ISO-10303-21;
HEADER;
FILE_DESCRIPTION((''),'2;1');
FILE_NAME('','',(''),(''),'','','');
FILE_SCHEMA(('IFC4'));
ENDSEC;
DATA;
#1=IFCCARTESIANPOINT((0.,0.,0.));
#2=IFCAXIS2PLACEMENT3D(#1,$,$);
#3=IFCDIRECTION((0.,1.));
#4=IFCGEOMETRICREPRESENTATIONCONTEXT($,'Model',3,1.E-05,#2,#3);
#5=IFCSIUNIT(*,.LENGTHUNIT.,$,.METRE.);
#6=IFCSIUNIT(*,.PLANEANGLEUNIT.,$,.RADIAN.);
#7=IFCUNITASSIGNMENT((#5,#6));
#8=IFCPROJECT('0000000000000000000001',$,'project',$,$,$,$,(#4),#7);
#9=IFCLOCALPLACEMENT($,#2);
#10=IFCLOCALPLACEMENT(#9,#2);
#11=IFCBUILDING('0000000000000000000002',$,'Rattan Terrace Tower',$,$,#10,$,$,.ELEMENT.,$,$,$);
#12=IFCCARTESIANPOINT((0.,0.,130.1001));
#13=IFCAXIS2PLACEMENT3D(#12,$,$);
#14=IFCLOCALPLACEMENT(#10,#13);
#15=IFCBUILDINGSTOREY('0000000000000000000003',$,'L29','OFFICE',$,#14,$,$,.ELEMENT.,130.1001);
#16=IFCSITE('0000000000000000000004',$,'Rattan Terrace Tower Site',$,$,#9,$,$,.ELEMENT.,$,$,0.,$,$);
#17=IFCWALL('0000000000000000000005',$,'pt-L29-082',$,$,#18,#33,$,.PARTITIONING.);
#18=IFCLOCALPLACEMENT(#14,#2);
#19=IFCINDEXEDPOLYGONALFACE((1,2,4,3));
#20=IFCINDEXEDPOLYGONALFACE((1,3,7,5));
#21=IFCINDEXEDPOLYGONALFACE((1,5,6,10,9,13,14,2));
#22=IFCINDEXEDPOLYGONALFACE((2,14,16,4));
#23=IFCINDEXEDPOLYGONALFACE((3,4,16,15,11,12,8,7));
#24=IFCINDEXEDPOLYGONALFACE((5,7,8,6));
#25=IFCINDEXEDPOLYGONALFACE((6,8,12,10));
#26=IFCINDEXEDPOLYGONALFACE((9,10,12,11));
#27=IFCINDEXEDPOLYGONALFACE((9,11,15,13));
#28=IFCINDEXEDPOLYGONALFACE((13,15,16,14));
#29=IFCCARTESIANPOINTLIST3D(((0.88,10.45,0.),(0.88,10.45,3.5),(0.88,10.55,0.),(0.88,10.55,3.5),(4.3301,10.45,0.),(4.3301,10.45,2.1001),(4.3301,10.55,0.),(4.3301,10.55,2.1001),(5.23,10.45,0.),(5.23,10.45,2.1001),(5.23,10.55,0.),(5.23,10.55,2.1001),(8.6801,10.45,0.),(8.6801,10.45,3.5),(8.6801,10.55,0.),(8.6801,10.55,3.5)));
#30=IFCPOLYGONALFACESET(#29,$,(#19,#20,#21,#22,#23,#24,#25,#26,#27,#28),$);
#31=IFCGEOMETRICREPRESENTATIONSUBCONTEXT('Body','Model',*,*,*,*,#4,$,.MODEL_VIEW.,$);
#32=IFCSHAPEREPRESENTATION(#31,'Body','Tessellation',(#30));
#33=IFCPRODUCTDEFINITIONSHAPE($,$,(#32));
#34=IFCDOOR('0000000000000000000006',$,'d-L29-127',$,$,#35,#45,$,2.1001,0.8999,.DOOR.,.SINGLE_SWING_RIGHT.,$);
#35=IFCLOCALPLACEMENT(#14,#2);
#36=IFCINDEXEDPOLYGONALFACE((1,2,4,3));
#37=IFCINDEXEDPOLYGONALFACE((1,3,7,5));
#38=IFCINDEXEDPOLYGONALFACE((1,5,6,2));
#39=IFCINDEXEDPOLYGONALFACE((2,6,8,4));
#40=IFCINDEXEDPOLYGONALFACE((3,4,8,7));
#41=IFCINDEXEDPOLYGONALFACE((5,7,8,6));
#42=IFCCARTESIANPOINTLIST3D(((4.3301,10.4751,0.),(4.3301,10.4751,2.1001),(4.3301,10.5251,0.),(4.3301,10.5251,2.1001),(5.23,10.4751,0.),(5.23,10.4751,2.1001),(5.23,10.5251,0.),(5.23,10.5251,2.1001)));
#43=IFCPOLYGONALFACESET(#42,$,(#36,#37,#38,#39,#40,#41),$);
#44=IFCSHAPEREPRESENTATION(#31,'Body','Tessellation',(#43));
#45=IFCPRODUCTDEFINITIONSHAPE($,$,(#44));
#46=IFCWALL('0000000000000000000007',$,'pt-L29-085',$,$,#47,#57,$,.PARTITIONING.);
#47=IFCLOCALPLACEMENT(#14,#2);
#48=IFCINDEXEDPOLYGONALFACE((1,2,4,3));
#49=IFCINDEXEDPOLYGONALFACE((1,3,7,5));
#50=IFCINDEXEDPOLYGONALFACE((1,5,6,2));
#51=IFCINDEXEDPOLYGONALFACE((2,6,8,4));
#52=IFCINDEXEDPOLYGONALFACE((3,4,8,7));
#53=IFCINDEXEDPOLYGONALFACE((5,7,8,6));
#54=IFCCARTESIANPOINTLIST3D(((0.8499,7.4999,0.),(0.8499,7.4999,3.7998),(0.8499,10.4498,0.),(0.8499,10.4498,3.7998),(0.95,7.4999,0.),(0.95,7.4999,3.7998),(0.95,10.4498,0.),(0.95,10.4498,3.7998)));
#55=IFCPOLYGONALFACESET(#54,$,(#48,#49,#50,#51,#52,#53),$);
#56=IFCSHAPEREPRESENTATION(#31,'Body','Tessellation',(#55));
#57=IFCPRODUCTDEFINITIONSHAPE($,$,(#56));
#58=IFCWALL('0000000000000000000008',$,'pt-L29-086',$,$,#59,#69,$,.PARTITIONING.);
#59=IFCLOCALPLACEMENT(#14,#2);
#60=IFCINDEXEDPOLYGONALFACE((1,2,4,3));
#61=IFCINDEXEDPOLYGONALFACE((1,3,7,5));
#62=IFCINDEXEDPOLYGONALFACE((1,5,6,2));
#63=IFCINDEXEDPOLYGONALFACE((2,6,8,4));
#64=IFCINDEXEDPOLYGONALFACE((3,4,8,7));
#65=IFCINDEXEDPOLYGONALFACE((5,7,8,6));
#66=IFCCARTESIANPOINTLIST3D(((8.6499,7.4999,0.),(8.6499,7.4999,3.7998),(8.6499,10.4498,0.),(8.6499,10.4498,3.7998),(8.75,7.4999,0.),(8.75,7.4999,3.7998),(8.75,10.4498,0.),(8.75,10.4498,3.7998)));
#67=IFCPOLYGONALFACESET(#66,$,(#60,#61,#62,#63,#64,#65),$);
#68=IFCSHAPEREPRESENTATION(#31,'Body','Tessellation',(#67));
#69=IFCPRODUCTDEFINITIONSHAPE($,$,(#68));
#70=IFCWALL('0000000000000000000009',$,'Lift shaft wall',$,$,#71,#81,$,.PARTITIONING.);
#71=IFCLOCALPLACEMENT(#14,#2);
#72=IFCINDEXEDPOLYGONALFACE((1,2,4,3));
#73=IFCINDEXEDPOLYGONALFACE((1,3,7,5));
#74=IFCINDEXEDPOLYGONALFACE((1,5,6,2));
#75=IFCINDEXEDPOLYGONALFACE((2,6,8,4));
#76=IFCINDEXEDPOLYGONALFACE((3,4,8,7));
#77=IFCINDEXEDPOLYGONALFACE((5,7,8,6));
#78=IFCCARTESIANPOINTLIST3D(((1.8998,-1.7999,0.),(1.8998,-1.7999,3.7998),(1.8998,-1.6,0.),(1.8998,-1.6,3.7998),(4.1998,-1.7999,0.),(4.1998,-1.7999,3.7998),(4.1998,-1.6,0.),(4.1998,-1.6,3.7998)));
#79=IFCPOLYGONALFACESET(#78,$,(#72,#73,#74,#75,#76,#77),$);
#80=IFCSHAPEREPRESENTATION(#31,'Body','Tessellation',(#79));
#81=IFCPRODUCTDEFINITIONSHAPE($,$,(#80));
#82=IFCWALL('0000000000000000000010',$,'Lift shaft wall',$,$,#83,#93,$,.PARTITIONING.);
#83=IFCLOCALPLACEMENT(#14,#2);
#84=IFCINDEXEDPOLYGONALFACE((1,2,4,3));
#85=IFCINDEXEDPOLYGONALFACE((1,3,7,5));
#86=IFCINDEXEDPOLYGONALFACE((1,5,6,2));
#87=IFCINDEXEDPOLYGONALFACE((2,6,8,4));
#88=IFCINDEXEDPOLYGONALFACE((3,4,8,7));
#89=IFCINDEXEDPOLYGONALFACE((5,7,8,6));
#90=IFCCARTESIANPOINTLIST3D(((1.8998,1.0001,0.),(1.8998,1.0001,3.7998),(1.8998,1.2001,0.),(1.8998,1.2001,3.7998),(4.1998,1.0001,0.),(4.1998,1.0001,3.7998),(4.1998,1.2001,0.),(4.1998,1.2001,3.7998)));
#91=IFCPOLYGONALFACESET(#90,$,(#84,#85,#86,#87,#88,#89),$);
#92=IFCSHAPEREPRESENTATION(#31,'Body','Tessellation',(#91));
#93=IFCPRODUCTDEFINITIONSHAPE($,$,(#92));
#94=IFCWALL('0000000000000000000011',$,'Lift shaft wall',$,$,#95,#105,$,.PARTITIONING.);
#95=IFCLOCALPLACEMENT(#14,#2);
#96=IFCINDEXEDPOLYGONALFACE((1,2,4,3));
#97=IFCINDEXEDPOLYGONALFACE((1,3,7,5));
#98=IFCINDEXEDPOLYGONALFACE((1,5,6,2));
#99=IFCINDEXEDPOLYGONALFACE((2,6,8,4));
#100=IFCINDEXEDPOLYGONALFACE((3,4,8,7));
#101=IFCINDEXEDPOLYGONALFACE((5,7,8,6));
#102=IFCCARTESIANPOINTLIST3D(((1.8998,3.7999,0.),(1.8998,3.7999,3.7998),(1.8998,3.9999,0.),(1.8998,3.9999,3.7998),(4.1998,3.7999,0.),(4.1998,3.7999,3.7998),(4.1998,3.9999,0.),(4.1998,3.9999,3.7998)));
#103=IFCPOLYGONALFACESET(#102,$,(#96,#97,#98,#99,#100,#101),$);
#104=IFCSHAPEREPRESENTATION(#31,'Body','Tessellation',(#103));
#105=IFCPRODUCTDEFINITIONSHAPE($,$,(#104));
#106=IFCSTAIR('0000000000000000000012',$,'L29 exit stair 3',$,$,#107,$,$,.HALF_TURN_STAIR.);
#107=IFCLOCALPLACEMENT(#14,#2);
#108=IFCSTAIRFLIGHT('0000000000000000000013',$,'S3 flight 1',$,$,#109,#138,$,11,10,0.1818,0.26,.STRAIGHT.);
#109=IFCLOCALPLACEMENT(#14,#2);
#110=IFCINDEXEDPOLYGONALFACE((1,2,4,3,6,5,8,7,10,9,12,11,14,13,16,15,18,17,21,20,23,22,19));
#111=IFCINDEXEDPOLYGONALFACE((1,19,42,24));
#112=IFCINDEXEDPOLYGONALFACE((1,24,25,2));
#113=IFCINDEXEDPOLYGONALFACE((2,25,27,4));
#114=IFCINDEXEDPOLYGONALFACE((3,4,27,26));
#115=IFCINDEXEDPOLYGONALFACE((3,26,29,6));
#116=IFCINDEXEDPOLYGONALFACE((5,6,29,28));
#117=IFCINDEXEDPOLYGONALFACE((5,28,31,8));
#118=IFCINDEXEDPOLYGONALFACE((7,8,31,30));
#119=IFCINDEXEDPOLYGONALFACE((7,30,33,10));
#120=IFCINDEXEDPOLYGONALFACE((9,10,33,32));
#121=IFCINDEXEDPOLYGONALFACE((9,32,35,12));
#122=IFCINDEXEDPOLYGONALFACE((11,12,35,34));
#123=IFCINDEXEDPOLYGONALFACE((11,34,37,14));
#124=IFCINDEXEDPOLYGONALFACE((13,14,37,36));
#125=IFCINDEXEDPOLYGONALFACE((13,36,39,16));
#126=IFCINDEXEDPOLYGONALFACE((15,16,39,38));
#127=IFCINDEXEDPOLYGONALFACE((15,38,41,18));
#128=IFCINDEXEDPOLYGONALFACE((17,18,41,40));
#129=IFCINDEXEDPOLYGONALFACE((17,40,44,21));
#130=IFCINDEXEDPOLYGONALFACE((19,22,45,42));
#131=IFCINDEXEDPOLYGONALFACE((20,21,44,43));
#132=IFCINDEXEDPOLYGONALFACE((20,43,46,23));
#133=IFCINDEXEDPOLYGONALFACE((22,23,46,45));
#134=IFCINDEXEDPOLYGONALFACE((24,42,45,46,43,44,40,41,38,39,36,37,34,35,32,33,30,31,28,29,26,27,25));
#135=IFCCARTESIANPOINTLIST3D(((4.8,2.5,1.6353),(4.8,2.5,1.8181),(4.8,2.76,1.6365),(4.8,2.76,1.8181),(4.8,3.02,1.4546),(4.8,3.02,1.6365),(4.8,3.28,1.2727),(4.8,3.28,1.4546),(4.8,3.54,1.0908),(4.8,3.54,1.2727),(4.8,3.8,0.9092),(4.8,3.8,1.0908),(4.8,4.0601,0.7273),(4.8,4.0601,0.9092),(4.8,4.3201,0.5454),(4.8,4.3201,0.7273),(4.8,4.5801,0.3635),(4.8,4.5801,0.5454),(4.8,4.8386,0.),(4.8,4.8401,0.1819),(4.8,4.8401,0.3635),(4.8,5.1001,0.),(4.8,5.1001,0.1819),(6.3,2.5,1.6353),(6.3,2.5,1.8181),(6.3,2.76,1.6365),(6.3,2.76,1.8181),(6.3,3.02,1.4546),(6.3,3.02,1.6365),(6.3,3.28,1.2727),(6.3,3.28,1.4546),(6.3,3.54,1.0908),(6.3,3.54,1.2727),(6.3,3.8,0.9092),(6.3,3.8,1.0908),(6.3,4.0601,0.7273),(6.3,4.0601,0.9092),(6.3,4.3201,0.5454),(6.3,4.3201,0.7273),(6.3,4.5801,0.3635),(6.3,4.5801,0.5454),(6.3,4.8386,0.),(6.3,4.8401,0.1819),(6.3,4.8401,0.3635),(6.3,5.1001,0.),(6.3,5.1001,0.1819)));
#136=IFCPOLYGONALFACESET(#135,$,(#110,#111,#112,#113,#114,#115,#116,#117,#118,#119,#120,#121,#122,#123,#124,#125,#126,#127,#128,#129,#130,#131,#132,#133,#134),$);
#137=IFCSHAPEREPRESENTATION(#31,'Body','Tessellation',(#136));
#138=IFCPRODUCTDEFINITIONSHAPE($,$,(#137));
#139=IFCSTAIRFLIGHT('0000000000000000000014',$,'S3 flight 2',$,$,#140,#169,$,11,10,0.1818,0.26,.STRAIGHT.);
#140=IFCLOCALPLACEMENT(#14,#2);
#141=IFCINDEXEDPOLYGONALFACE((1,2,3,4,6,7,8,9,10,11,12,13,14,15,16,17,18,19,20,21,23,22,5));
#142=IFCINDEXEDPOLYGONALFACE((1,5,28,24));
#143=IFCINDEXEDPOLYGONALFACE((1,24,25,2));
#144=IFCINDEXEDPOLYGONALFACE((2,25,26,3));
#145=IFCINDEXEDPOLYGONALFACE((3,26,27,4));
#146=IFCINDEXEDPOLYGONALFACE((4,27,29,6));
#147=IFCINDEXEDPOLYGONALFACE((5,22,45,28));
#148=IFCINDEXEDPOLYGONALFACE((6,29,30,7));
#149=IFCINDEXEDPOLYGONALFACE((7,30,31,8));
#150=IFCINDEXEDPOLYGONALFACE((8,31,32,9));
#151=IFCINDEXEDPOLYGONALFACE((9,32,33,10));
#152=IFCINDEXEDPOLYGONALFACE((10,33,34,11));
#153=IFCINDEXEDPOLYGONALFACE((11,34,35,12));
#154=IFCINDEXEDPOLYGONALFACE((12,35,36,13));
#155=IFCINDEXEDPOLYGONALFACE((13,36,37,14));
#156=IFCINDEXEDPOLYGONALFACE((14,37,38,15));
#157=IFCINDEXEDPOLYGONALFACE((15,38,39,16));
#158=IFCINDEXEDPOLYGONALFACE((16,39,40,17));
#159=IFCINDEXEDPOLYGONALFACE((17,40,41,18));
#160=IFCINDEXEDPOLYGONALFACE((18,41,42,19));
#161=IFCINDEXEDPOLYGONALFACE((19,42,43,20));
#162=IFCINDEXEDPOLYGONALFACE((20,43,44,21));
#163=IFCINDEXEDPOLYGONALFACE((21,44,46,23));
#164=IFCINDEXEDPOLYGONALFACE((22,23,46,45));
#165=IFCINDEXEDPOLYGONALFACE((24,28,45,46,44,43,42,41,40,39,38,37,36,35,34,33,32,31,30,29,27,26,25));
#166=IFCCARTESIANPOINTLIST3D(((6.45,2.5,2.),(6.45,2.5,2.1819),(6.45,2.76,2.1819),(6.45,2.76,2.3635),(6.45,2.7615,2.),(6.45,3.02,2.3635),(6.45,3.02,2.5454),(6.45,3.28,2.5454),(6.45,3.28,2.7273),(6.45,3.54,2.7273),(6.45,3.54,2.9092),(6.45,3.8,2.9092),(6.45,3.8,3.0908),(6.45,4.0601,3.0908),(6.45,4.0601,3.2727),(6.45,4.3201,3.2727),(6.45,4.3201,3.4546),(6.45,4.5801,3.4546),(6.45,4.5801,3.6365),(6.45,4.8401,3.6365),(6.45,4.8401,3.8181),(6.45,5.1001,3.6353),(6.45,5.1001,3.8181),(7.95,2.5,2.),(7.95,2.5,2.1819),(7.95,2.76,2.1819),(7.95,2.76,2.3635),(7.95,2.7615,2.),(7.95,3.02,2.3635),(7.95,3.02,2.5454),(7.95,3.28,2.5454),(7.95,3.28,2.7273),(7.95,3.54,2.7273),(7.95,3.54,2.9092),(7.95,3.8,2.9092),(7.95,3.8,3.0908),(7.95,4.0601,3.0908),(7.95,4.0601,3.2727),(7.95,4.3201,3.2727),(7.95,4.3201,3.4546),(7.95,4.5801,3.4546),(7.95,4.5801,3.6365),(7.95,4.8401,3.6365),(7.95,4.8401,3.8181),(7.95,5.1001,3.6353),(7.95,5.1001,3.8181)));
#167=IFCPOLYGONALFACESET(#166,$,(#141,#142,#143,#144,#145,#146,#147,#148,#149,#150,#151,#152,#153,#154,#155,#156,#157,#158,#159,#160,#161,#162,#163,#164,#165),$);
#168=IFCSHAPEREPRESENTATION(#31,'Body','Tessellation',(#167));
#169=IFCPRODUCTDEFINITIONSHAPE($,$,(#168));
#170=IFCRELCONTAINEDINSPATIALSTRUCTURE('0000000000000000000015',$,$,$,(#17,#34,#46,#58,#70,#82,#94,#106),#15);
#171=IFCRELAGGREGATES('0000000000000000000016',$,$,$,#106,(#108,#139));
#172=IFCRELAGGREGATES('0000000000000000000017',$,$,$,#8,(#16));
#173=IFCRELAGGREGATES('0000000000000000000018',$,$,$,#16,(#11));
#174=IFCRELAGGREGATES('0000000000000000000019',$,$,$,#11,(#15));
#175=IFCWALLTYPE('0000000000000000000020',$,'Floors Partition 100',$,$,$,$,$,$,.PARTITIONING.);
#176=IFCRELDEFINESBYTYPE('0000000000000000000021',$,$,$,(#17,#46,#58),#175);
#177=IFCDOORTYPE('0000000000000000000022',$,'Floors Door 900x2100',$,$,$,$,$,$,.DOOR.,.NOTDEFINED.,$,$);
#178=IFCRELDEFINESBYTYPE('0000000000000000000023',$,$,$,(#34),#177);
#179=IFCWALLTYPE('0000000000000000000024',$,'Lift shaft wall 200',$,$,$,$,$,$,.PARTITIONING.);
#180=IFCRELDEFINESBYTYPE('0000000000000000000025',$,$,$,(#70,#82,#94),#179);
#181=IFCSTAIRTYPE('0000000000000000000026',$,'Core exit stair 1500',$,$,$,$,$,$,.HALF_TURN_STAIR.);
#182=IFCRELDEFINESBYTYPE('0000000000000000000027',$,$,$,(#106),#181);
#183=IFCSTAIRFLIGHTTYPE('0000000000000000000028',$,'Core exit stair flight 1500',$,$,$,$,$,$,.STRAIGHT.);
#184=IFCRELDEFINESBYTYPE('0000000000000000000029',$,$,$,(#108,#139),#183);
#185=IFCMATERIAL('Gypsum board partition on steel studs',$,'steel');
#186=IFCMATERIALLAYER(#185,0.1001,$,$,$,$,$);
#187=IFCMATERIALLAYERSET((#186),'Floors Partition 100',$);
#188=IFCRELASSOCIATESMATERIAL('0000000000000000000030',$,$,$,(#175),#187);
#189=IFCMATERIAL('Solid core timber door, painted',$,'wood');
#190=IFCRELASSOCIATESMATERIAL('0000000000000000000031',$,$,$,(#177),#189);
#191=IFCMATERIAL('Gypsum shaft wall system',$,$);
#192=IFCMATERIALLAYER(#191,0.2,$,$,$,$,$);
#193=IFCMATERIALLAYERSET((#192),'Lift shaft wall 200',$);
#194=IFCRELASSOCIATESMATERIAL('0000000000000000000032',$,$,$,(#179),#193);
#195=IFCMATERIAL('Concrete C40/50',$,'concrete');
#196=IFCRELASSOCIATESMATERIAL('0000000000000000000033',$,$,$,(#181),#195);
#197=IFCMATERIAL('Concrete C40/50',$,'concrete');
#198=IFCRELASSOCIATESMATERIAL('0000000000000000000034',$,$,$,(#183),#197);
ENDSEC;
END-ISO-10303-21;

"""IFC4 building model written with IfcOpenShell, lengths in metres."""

from ifc_helpers import new_model, si_unit, direction, frame, frame_2d, origin, place, context, subcontext, project, spatial, polyline, rectangle, outline, extrude, material, layer, layer_set, type_object, element, fill, aggregate, save


model = new_model("IFC4")

# Units and contexts
model_context = context("Model", 3, precision=1e-05, world=origin(), true_north=direction((0.0, 1.0)))
body_context = subcontext(model_context, "Body", "Model", "MODEL_VIEW")
ifc_project = project(units=[si_unit("LENGTHUNIT", "METRE"), si_unit("PLANEANGLEUNIT", "RADIAN")], contexts=[model_context])

# Site, building, storey
site_placement = place(None, origin())
site = spatial("IfcSite", under=ifc_project, at=site_placement, Name="Rattan Terrace Tower Site", CompositionType="ELEMENT", RefElevation=0.0)
building_placement = place(site_placement, origin())
building = spatial("IfcBuilding", under=site, at=building_placement, Name="Rattan Terrace Tower", CompositionType="ELEMENT")
storey_placement = place(building_placement, frame((0.0, 0.0, 130.1001)))
storey = spatial("IfcBuildingStorey", under=building, at=storey_placement, Name="L29", Description="OFFICE", CompositionType="ELEMENT", Elevation=130.1001)

# Wall, opening, door
ifc_material_1 = material(Name="Gypsum board partition on steel studs", Category="steel")
ifc_layer_1 = layer(ifc_material_1, 0.1001)
ifc_layer_set_1 = layer_set([ifc_layer_1], Name="Floors Partition 100")
wall_type_1 = type_object("IfcWallType", Name="Floors Partition 100", PredefinedType="PARTITIONING", material=ifc_layer_set_1)
wall_1_placement = place(storey_placement, frame((8.6799, 10.5, 0.0), z_axis=(0.0, 0.0, 1.0), x_axis=(-1.0, 0.0, 0.0)))
wall_1 = element("IfcWall", 1, at=wall_1_placement, inside=storey, type_object=wall_type_1, Name="pt-L29-082", PredefinedType="PARTITIONING", context=body_context, shape_type="SweptSolid", body=[
    extrude(rectangle(XDim=7.8, YDim=0.1001, at=frame_2d((3.8999, 0.0))), origin(), (0.0, 0.0, 1.0), 3.5),
])
opening_1_placement = place(wall_1_placement, frame((3.45, 0.0, 0.0)))
opening_1 = element("IfcOpeningElement", 2, at=opening_1_placement, cuts=wall_1, PredefinedType="OPENING", context=body_context, shape_type="SweptSolid", body=[
    extrude(rectangle(XDim=0.8999, YDim=2.1001, at=frame_2d((0.45, 1.05))), frame((0.0, 0.0605, 0.0), z_axis=(0.0, -1.0, 0.0), x_axis=(1.0, 0.0, 0.0)), (0.0, 0.0, 1.0), 0.1211),
])
ifc_material_2 = material(Name="Solid core timber door, painted", Category="wood")
door_type_1 = type_object("IfcDoorType", Name="Floors Door 900x2100", OperationType="NOTDEFINED", PredefinedType="DOOR", material=ifc_material_2)
door_1_placement = place(opening_1_placement, origin())
door_1 = element("IfcDoor", 3, at=door_1_placement, inside=storey, type_object=door_type_1, Name="d-L29-127", OperationType="SINGLE_SWING_RIGHT", OverallHeight=2.1001, OverallWidth=0.8999, PredefinedType="DOOR", context=body_context, shape_type="SweptSolid", body=[
    extrude(rectangle(XDim=0.8999, YDim=2.1001, at=frame_2d((0.45, 1.05))), frame((0.0, 0.0249, 0.0), z_axis=(0.0, -1.0, 0.0), x_axis=(1.0, 0.0, 0.0)), (0.0, 0.0, 1.0), 0.05),
])
fill(opening_1, door_1)

# Walls
for number, where, z_axis, x_axis, name in (
    (4, (0.8999, 10.45, 0.0), (0.0, 0.0, 1.0), (0.0, -1.0, 0.0), "pt-L29-085"),
    (5, (8.7, 10.45, 0.0), (0.0, 0.0, 1.0), (0.0, -1.0, 0.0), "pt-L29-086"),
):
    element("IfcWall", number, at=place(storey_placement, frame(where, z_axis=z_axis, x_axis=x_axis)), inside=storey, type_object=wall_type_1, Name=name, PredefinedType="PARTITIONING", context=body_context, shape_type="SweptSolid", body=[
        extrude(rectangle(XDim=2.95, YDim=0.1001, at=frame_2d((1.4751, 0.0))), origin(), (0.0, 0.0, 1.0), 3.7998),
    ])
ifc_material_3 = material(Name="Gypsum shaft wall system")
ifc_layer_2 = layer(ifc_material_3, 0.2)
ifc_layer_set_2 = layer_set([ifc_layer_2], Name="Lift shaft wall 200")
wall_type_2 = type_object("IfcWallType", Name="Lift shaft wall 200", PredefinedType="PARTITIONING", material=ifc_layer_set_2)
for number, where, z_axis, x_axis, name in (
    (6, (1.8999, -1.7, 0.0), (0.0, 0.0, 1.0), (1.0, 0.0, 0.0), "Lift shaft wall"),
    (7, (1.8999, 1.1001, 0.0), (0.0, 0.0, 1.0), (1.0, 0.0, 0.0), "Lift shaft wall"),
    (8, (1.8999, 3.8999, 0.0), (0.0, 0.0, 1.0), (1.0, 0.0, 0.0), "Lift shaft wall"),
):
    element("IfcWall", number, at=place(storey_placement, frame(where, z_axis=z_axis, x_axis=x_axis)), inside=storey, type_object=wall_type_2, Name=name, PredefinedType="PARTITIONING", context=body_context, shape_type="SweptSolid", body=[
        extrude(rectangle(XDim=2.3, YDim=0.2, at=frame_2d((1.1499, 0.0))), origin(), (0.0, 0.0, 1.0), 3.7998),
    ])

# Stair, stair flights
ifc_material_4 = material(Name="Concrete C40/50", Category="concrete")
stair_type = type_object("IfcStairType", Name="Core exit stair 1500", PredefinedType="HALF_TURN_STAIR", material=ifc_material_4)
stair_placement = place(storey_placement, origin())
stair = element("IfcStair", 9, at=stair_placement, inside=storey, type_object=stair_type, Name="L29 exit stair 3", PredefinedType="HALF_TURN_STAIR")
ifc_material_5 = material(Name="Concrete C40/50", Category="concrete")
stair_flight_type = type_object("IfcStairFlightType", Name="Core exit stair flight 1500", PredefinedType="STRAIGHT", material=ifc_material_5)
stair_flight_1_placement = place(storey_placement, frame((5.55, 5.1001, 0.0), z_axis=(0.0, 0.0, 1.0), x_axis=(0.0, -1.0, 0.0)))
stair_flight_1 = element("IfcStairFlight", 10, at=stair_flight_1_placement, type_object=stair_flight_type, Name="S3 flight 1", NumberOfRisers=11, NumberOfTreads=10, PredefinedType="STRAIGHT", RiserHeight=0.1818, TreadLength=0.26, context=body_context, shape_type="SweptSolid", body=[
    extrude(outline(polyline([(0.0, 0.0), (0.0, 0.1819), (0.26, 0.1819), (0.26, 0.3635), (0.52, 0.3635), (0.52, 0.5454), (0.78, 0.5454), (0.78, 0.7273), (1.04, 0.7273), (1.04, 0.9092), (1.3, 0.9092), (1.3, 1.0908), (1.5601, 1.0908), (1.5601, 1.2727), (1.8201, 1.2727), (1.8201, 1.4546), (2.0801, 1.4546), (2.0801, 1.6365), (2.3401, 1.6365), (2.3401, 1.8181), (2.6001, 1.8181), (2.6001, 2.0), (2.6001, 1.6353), (0.2615, 0.0), (0.0, 0.0)])), frame((0.0, 0.75, 0.0), z_axis=(0.0, -1.0, 0.0), x_axis=(1.0, 0.0, 0.0)), (0.0, 0.0, 1.0), 1.5),
])
stair_flight_2_placement = place(storey_placement, frame((7.2, 2.5, 2.0), z_axis=(0.0, 0.0, 1.0), x_axis=(0.0, 1.0, 0.0)))
stair_flight_2 = element("IfcStairFlight", 11, at=stair_flight_2_placement, type_object=stair_flight_type, Name="S3 flight 2", NumberOfRisers=11, NumberOfTreads=10, PredefinedType="STRAIGHT", RiserHeight=0.1818, TreadLength=0.26, context=body_context, shape_type="SweptSolid", body=[
    extrude(outline(polyline([(0.0, 0.0), (0.0, 0.1819), (0.26, 0.1819), (0.26, 0.3635), (0.52, 0.3635), (0.52, 0.5454), (0.78, 0.5454), (0.78, 0.7273), (1.04, 0.7273), (1.04, 0.9092), (1.3, 0.9092), (1.3, 1.0908), (1.5601, 1.0908), (1.5601, 1.2727), (1.8201, 1.2727), (1.8201, 1.4546), (2.0801, 1.4546), (2.0801, 1.6365), (2.3401, 1.6365), (2.3401, 1.8181), (2.6001, 1.8181), (2.6001, 2.0), (2.6001, 1.6353), (0.2615, 0.0), (0.0, 0.0)])), frame((0.0, 0.75, 0.0), z_axis=(0.0, -1.0, 0.0), x_axis=(1.0, 0.0, 0.0)), (0.0, 0.0, 1.0), 1.5),
])
aggregate(stair, [stair_flight_1, stair_flight_2])

save(model, "model.ifc")
